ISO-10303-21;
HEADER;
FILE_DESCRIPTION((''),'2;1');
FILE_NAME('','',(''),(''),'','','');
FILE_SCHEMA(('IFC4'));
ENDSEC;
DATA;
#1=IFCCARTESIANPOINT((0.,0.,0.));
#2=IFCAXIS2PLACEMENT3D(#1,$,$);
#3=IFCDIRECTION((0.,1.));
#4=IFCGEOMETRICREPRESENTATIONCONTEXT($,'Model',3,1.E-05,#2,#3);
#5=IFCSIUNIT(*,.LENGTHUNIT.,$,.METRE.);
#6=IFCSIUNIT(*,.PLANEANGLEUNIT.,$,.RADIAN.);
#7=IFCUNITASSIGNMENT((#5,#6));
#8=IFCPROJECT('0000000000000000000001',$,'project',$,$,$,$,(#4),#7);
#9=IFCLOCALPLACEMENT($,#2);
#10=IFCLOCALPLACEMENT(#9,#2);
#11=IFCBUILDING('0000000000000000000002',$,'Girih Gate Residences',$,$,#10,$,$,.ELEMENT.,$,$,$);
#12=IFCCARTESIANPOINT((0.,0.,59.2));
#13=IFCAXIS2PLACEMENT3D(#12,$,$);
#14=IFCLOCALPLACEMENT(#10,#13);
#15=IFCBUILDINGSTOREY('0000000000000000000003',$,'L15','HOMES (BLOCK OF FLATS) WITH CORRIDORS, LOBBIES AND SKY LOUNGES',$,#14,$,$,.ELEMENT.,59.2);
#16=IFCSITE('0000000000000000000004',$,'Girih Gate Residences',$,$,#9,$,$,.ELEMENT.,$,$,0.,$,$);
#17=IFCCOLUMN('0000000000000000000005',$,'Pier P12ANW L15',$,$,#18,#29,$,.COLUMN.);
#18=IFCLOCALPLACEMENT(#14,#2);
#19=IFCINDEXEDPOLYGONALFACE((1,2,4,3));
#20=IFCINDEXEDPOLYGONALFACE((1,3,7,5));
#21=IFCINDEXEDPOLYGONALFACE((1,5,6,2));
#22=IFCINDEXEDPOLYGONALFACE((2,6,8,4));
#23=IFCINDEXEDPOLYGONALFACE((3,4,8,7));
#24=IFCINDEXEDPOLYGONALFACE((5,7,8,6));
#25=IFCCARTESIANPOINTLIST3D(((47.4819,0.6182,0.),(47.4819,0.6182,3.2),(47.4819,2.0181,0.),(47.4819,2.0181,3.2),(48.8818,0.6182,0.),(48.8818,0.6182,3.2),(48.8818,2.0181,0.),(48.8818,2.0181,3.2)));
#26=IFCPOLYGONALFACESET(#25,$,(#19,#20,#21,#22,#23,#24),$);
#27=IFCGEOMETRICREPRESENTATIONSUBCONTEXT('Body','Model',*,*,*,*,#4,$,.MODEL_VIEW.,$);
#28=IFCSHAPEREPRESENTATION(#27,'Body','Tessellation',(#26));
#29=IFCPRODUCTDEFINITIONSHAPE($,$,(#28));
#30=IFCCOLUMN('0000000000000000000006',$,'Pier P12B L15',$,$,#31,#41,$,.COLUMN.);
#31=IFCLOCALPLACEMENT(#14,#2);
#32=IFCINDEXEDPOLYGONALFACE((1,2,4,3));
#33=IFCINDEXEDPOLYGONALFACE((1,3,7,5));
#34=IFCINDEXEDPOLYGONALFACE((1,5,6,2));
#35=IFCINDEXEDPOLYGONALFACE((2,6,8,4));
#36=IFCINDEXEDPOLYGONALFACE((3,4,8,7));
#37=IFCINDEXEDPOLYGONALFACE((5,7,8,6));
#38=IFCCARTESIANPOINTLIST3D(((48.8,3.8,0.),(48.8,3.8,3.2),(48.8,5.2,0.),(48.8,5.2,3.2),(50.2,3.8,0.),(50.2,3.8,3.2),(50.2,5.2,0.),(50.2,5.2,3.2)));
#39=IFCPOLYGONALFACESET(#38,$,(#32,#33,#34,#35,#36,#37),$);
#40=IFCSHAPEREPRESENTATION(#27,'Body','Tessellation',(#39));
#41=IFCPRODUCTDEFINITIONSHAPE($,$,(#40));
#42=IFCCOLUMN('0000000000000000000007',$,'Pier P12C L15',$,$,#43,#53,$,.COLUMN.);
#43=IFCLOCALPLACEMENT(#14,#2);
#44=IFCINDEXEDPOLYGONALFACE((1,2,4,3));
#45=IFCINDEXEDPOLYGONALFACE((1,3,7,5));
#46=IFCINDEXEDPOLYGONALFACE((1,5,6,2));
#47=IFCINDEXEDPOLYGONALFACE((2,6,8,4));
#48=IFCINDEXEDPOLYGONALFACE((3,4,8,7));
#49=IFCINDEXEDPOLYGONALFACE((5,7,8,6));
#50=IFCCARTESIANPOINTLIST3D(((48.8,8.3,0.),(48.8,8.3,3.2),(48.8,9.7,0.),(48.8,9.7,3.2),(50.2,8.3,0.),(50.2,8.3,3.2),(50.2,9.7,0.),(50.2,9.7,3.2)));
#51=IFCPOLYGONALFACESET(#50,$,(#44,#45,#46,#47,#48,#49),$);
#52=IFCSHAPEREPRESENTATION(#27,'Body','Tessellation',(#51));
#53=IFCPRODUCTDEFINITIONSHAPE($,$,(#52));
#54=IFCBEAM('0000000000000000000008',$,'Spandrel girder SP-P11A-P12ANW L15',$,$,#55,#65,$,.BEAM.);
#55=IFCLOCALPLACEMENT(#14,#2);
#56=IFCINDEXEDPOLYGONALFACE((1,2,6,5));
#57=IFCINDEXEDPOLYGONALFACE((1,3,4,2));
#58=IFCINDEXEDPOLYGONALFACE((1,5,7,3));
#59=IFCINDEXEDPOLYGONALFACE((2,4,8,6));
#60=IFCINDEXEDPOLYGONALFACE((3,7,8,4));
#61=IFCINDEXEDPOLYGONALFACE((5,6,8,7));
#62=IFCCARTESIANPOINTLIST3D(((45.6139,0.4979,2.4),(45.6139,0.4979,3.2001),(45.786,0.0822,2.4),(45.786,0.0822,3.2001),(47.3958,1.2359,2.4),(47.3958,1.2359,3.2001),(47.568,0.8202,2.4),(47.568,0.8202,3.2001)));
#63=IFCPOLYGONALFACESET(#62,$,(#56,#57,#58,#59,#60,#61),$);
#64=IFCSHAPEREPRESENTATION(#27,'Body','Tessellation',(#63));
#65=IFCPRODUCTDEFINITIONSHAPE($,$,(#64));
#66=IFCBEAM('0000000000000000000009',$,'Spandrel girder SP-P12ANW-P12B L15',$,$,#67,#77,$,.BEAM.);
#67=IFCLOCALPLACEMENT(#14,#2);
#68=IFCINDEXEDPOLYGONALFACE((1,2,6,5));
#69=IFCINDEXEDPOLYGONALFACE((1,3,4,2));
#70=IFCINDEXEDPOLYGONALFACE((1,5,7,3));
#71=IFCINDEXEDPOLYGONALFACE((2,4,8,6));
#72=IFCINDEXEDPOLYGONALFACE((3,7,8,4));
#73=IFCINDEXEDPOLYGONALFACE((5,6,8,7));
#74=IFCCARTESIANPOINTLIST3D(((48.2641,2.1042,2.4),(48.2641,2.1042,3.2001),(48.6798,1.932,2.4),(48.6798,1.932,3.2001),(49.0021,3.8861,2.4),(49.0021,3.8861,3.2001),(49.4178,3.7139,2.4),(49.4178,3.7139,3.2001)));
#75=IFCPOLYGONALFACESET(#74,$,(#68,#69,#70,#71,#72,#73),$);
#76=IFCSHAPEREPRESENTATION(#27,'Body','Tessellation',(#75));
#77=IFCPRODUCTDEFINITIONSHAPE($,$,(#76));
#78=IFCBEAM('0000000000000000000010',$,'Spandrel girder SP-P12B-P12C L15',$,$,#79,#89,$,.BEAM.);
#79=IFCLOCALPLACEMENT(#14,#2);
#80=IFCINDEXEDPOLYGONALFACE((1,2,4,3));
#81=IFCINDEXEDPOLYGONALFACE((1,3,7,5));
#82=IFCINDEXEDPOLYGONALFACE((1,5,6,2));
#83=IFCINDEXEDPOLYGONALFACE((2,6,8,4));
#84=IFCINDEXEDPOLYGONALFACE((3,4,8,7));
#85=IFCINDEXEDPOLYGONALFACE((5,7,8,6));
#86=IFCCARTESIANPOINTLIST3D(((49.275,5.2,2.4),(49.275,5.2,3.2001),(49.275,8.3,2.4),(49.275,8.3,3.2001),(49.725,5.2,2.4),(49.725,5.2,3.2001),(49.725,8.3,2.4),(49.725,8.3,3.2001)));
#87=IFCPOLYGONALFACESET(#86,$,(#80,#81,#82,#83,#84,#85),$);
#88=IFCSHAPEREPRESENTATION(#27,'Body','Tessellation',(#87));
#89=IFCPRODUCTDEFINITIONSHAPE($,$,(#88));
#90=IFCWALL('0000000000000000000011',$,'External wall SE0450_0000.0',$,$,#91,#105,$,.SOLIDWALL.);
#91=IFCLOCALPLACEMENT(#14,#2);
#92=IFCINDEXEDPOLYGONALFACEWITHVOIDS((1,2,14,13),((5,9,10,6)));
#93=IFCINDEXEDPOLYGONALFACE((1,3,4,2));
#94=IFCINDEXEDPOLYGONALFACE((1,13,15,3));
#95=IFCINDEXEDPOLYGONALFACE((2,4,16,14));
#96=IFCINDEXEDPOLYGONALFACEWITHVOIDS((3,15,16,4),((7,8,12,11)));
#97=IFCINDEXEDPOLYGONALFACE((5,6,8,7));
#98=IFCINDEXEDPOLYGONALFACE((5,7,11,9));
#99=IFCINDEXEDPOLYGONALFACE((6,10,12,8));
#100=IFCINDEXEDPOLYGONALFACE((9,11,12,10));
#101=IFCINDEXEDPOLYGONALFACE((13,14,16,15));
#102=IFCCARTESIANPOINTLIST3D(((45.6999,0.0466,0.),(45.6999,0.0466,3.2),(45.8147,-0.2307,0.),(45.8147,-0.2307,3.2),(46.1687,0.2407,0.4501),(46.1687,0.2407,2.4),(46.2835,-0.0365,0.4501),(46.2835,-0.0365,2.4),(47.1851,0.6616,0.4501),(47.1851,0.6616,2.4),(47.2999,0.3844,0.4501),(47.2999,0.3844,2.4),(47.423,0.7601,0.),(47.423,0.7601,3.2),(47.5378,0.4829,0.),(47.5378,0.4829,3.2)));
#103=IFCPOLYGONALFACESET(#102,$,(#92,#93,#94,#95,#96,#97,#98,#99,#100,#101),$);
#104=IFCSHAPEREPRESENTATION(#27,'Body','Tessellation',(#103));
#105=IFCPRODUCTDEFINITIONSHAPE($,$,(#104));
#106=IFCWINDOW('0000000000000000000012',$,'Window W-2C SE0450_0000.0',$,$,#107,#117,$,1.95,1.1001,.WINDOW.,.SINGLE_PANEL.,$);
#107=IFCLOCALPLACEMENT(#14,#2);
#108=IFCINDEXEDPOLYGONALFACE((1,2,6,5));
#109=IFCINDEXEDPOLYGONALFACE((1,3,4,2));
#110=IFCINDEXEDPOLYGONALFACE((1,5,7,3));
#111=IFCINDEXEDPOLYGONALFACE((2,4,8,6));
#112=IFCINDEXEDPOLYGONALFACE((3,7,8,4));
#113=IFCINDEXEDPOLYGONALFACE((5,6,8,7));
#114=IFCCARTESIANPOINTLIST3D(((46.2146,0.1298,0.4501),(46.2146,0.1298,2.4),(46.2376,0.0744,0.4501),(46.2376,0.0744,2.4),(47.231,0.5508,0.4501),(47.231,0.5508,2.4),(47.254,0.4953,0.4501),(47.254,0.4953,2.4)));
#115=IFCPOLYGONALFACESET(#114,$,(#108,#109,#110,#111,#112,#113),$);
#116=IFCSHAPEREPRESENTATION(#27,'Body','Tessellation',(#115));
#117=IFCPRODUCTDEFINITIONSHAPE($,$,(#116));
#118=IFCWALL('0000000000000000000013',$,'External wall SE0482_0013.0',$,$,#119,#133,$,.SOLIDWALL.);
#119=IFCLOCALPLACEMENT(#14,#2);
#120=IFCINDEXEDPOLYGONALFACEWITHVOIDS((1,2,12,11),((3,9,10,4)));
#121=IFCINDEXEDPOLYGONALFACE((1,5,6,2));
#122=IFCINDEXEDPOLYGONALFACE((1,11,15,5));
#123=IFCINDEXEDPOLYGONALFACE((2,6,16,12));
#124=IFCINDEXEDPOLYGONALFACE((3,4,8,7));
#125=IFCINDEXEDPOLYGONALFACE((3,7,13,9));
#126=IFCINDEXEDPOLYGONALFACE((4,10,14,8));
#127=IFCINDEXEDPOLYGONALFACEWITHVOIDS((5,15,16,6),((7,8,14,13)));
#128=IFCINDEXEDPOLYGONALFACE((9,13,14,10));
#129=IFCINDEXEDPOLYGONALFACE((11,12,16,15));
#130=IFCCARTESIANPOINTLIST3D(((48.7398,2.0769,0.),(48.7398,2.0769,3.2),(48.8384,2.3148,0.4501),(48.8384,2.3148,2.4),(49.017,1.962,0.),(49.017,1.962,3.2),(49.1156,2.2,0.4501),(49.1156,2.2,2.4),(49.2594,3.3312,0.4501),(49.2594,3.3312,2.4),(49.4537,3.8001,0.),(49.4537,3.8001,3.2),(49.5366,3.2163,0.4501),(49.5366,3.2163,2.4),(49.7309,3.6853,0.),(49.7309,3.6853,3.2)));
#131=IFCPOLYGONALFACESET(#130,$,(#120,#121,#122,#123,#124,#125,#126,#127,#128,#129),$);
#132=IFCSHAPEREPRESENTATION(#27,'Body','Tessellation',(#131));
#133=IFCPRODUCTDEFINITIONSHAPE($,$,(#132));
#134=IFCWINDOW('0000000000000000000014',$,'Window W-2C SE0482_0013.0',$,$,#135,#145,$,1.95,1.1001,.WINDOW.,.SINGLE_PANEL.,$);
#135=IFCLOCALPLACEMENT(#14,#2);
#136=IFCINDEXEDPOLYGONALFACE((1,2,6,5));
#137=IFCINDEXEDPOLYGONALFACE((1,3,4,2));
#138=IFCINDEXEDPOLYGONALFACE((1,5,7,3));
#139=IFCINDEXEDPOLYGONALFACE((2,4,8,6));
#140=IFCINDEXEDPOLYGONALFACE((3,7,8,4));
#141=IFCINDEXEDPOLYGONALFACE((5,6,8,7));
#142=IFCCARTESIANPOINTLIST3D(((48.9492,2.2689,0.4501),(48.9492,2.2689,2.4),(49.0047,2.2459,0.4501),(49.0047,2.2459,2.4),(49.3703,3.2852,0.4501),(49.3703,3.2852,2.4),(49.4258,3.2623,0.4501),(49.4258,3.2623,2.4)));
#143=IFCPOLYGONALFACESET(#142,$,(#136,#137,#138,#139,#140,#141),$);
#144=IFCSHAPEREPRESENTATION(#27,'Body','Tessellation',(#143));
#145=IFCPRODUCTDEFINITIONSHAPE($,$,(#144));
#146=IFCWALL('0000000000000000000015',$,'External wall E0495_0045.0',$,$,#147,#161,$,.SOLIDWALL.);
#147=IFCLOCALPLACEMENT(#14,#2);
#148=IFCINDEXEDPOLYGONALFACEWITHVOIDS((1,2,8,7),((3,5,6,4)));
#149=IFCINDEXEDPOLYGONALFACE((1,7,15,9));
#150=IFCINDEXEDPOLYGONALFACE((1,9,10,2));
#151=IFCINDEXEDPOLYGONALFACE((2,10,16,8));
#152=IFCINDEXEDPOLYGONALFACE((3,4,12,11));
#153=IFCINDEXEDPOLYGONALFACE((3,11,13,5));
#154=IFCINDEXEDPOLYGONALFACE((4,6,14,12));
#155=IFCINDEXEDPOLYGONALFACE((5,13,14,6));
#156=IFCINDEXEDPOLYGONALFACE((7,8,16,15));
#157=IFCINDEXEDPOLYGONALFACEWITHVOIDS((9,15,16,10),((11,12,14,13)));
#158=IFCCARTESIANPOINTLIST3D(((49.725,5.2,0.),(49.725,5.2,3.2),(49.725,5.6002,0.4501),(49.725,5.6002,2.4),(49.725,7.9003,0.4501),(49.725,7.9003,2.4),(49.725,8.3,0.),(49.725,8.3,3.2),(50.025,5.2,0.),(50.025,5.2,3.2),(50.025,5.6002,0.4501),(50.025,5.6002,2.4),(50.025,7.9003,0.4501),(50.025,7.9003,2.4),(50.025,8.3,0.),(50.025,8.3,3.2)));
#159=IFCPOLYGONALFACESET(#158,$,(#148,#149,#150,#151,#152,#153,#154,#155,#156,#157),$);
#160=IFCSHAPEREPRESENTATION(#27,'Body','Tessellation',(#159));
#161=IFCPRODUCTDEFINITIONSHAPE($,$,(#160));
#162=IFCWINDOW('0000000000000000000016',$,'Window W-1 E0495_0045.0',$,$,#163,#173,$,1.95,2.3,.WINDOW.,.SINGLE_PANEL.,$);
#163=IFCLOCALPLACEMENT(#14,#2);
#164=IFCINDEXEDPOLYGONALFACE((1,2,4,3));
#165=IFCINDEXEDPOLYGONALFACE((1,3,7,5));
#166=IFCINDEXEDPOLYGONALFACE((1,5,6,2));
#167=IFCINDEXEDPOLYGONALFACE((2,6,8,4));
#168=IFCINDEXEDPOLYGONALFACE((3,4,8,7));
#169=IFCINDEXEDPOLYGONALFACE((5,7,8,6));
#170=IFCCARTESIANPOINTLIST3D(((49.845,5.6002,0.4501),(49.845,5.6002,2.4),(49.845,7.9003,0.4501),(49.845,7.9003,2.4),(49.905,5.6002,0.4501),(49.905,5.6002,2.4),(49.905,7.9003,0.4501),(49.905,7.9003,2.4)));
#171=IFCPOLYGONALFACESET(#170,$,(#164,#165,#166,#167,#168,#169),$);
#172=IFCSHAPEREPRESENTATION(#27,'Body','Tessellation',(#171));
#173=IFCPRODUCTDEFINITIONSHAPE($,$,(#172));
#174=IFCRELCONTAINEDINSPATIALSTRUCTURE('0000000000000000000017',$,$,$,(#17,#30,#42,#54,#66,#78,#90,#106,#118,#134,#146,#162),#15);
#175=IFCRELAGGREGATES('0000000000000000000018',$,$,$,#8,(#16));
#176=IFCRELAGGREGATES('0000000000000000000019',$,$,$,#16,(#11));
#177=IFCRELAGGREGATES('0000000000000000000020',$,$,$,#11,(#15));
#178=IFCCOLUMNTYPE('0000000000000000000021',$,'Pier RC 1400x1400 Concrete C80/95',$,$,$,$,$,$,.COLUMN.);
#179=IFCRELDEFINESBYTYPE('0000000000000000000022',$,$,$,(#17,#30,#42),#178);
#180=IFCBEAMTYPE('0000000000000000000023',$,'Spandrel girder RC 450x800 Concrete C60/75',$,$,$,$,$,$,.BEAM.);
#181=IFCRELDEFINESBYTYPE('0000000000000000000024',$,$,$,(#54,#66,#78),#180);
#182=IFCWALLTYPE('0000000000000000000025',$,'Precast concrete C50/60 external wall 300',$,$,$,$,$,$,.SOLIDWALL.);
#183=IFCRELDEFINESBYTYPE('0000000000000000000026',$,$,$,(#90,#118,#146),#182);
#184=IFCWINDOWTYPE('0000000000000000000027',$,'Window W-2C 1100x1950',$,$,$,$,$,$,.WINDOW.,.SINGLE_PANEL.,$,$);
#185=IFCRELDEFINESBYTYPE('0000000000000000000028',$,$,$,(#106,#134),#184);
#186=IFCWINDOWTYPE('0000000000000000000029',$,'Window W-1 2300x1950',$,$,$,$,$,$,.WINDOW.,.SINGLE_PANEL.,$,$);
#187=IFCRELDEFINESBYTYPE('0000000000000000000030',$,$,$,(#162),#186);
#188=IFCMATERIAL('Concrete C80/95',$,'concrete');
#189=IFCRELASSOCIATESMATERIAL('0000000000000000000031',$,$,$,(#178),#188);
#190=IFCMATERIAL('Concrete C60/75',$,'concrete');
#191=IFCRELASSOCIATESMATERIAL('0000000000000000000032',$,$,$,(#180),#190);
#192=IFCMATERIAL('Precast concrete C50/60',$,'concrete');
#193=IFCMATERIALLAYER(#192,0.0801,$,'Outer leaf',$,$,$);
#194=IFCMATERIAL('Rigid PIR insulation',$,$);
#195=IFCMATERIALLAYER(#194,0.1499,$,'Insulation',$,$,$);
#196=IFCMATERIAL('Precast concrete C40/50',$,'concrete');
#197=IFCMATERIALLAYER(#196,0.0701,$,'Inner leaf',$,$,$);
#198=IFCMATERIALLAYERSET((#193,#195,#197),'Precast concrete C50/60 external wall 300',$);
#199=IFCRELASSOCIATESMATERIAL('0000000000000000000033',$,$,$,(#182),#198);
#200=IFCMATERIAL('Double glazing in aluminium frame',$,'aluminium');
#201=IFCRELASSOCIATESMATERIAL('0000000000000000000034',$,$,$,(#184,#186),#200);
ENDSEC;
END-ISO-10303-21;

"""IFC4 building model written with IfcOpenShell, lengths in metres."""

from ifc_helpers import new_model, si_unit, direction, frame, frame_2d, origin, origin_2d, place, context, subcontext, project, spatial, rectangle, extrude, material, layer, layer_set, material_profile, profile_set, type_object, element, fill, save


model = new_model("IFC4")

# Units and contexts
model_context = context("Model", 3, precision=1e-05, world=origin(), true_north=direction((0.0, 1.0)))
body_context = subcontext(model_context, "Body", "Model", "MODEL_VIEW")
ifc_project = project(units=[si_unit("LENGTHUNIT", "METRE"), si_unit("PLANEANGLEUNIT", "RADIAN")], contexts=[model_context])

# Site, building, storey
site_placement = place(None, origin())
site = spatial("IfcSite", under=ifc_project, at=site_placement, Name="Girih Gate Residences", CompositionType="ELEMENT", RefElevation=0.0)
building_placement = place(site_placement, origin())
building = spatial("IfcBuilding", under=site, at=building_placement, Name="Girih Gate Residences", CompositionType="ELEMENT")
storey_placement = place(building_placement, frame((0.0, 0.0, 59.2)))
storey = spatial("IfcBuildingStorey", under=building, at=storey_placement, Name="L15", Description="HOMES (BLOCK OF FLATS) WITH CORRIDORS, LOBBIES AND SKY LOUNGES", CompositionType="ELEMENT", Elevation=59.2)

# Columns
ifc_material_1 = material(Name="Concrete C80/95", Category="concrete")
ifc_material_profile_1 = material_profile(ifc_material_1, rectangle(XDim=1.3999, YDim=1.3999, at=origin_2d()))
ifc_profile_set_1 = profile_set([ifc_material_profile_1], Name="Concrete C80/95")
column_type = type_object("IfcColumnType", Name="Pier RC 1400x1400 Concrete C80/95", PredefinedType="COLUMN", material=ifc_profile_set_1)
for number, where, z_axis, x_axis, name in (
    (1, (48.1819, 1.3181, 0.0), (0.0, 0.0, 1.0), (1.0, 0.0, 0.0), "Pier P12ANW L15"),
    (2, (49.5, 4.5, 0.0), (0.0, 0.0, 1.0), (1.0, 0.0, 0.0), "Pier P12B L15"),
    (3, (49.5, 9.0, 0.0), (0.0, 0.0, 1.0), (1.0, 0.0, 0.0), "Pier P12C L15"),
):
    element("IfcColumn", number, at=place(storey_placement, frame(where, z_axis=z_axis, x_axis=x_axis)), inside=storey, type_object=column_type, Name=name, PredefinedType="COLUMN", context=body_context, shape_type="SweptSolid", body=[
        extrude(rectangle(XDim=1.3999, YDim=1.3999, at=origin_2d()), origin(), (0.0, 0.0, 1.0), 3.2),
    ])

# Beams
ifc_material_2 = material(Name="Concrete C60/75", Category="concrete")
ifc_material_profile_2 = material_profile(ifc_material_2, rectangle(XDim=0.45, YDim=0.8, at=origin_2d()))
ifc_profile_set_2 = profile_set([ifc_material_profile_2], Name="Concrete C60/75")
beam_type = type_object("IfcBeamType", Name="Spandrel girder RC 450x800 Concrete C60/75", PredefinedType="BEAM", material=ifc_profile_set_2)
for number, where, z_axis, x_axis, name in (
    (4, (45.7, 0.29, 2.8), (0.923895, 0.382646, 0.0), (-0.382646, 0.923895, 0.0), "Spandrel girder SP-P11A-P12ANW L15"),
    (5, (48.4719, 2.0181, 2.8), (0.382646, 0.923895, 0.0), (-0.923895, 0.382646, 0.0), "Spandrel girder SP-P12ANW-P12B L15"),
):
    element("IfcBeam", number, at=place(storey_placement, frame(where, z_axis=z_axis, x_axis=x_axis)), inside=storey, type_object=beam_type, Name=name, PredefinedType="BEAM", context=body_context, shape_type="SweptSolid", body=[
        extrude(rectangle(XDim=0.45, YDim=0.8, at=origin_2d()), origin(), (0.0, 0.0, 1.0), 1.9287),
    ])
beam_placement = place(storey_placement, frame((49.5, 5.2, 2.8), z_axis=(0.0, 1.0, 0.0), x_axis=(-1.0, 0.0, 0.0)))
element("IfcBeam", 6, at=beam_placement, inside=storey, type_object=beam_type, Name="Spandrel girder SP-P12B-P12C L15", PredefinedType="BEAM", context=body_context, shape_type="SweptSolid", body=[
    extrude(rectangle(XDim=0.45, YDim=0.8, at=origin_2d()), origin(), (0.0, 0.0, 1.0), 3.1001),
])

# Walls, openings, windows
ifc_material_3 = material(Name="Precast concrete C50/60", Category="concrete")
ifc_layer_1 = layer(ifc_material_3, 0.0801, Name="Outer leaf")
ifc_material_4 = material(Name="Rigid PIR insulation")
ifc_layer_2 = layer(ifc_material_4, 0.1499, Name="Insulation")
ifc_material_5 = material(Name="Precast concrete C40/50", Category="concrete")
ifc_layer_3 = layer(ifc_material_5, 0.0701, Name="Inner leaf")
ifc_layer_set_1 = layer_set([ifc_layer_1, ifc_layer_2, ifc_layer_3], Name="Precast concrete C50/60 external wall 300")
wall_type_1 = type_object("IfcWallType", Name="Precast concrete C50/60 external wall 300", PredefinedType="SOLIDWALL", material=ifc_layer_set_1)
wall_1_placement = place(storey_placement, frame((47.4805, 0.6216, 0.0), z_axis=(0.0, 0.0, 1.0), x_axis=(-0.923904, -0.382625, 0.0)))
wall_1 = element("IfcWall", 7, at=wall_1_placement, inside=storey, type_object=wall_type_1, Name="External wall SE0450_0000.0", PredefinedType="SOLIDWALL", context=body_context, shape_type="SweptSolid", body=[
    extrude(rectangle(XDim=1.865, YDim=0.3, at=frame_2d((0.9326, 0.0))), origin(), (0.0, 0.0, 1.0), 3.2),
])
opening_1_placement = place(wall_1_placement, frame((0.2576, 0.0, 0.45)))
opening_1 = element("IfcOpeningElement", 8, at=opening_1_placement, cuts=wall_1, PredefinedType="OPENING", context=body_context, shape_type="SweptSolid", body=[
    extrude(rectangle(XDim=1.1001, YDim=1.95, at=frame_2d((0.55, 0.9751))), frame((0.0, 0.1599, 0.0), z_axis=(0.0, -1.0, 0.0), x_axis=(1.0, 0.0, 0.0)), (0.0, 0.0, 1.0), 0.3201),
])
ifc_material_6 = material(Name="Double glazing in aluminium frame", Category="aluminium")
window_type_1 = type_object("IfcWindowType", Name="Window W-2C 1100x1950", PartitioningType="SINGLE_PANEL", PredefinedType="WINDOW", material=ifc_material_6)
window_1_placement = place(opening_1_placement, origin())
window_1 = element("IfcWindow", 9, at=window_1_placement, inside=storey, type_object=window_type_1, Name="Window W-2C SE0450_0000.0", OverallHeight=1.95, OverallWidth=1.1001, PartitioningType="SINGLE_PANEL", PredefinedType="WINDOW", context=body_context, shape_type="SweptSolid", body=[
    extrude(rectangle(XDim=1.1001, YDim=1.95, at=frame_2d((0.55, 0.9751))), frame((0.0, 0.03, 0.0), z_axis=(0.0, -1.0, 0.0), x_axis=(1.0, 0.0, 0.0)), (0.0, 0.0, 1.0), 0.0601),
])
fill(opening_1, window_1)
wall_2_placement = place(storey_placement, frame((49.5923, 3.7427, 0.0), z_axis=(0.0, 0.0, 1.0), x_axis=(-0.382737, -0.923857, 0.0)))
wall_2 = element("IfcWall", 10, at=wall_2_placement, inside=storey, type_object=wall_type_1, Name="External wall SE0482_0013.0", PredefinedType="SOLIDWALL", context=body_context, shape_type="SweptSolid", body=[
    extrude(rectangle(XDim=1.8652, YDim=0.3, at=frame_2d((0.9326, 0.0))), origin(), (0.0, 0.0, 1.0), 3.2),
])
opening_2_placement = place(wall_2_placement, frame((0.5076, 0.0, 0.45)))
opening_2 = element("IfcOpeningElement", 11, at=opening_2_placement, cuts=wall_2, PredefinedType="OPENING", context=body_context, shape_type="SweptSolid", body=[
    extrude(rectangle(XDim=1.1001, YDim=1.95, at=frame_2d((0.55, 0.9751))), frame((0.0, 0.1599, 0.0), z_axis=(0.0, -1.0, 0.0), x_axis=(1.0, 0.0, 0.0)), (0.0, 0.0, 1.0), 0.3201),
])
window_2_placement = place(opening_2_placement, origin())
window_2 = element("IfcWindow", 12, at=window_2_placement, inside=storey, type_object=window_type_1, Name="Window W-2C SE0482_0013.0", OverallHeight=1.95, OverallWidth=1.1001, PartitioningType="SINGLE_PANEL", PredefinedType="WINDOW", context=body_context, shape_type="SweptSolid", body=[
    extrude(rectangle(XDim=1.1001, YDim=1.95, at=frame_2d((0.55, 0.9751))), frame((0.0, 0.03, 0.0), z_axis=(0.0, -1.0, 0.0), x_axis=(1.0, 0.0, 0.0)), (0.0, 0.0, 1.0), 0.0601),
])
fill(opening_2, window_2)
wall_3_placement = place(storey_placement, frame((49.875, 8.3, 0.0), z_axis=(0.0, 0.0, 1.0), x_axis=(0.0, -1.0, 0.0)))
wall_3 = element("IfcWall", 13, at=wall_3_placement, inside=storey, type_object=wall_type_1, Name="External wall E0495_0045.0", PredefinedType="SOLIDWALL", context=body_context, shape_type="SweptSolid", body=[
    extrude(rectangle(XDim=3.1001, YDim=0.3, at=frame_2d((1.55, 0.0))), origin(), (0.0, 0.0, 1.0), 3.2),
])
opening_3_placement = place(wall_3_placement, frame((0.3999, 0.0, 0.45)))
opening_3 = element("IfcOpeningElement", 14, at=opening_3_placement, cuts=wall_3, PredefinedType="OPENING", context=body_context, shape_type="SweptSolid", body=[
    extrude(rectangle(XDim=2.3, YDim=1.95, at=frame_2d((1.1499, 0.9751))), frame((0.0, 0.1599, 0.0), z_axis=(0.0, -1.0, 0.0), x_axis=(1.0, 0.0, 0.0)), (0.0, 0.0, 1.0), 0.3201),
])
window_type_2 = type_object("IfcWindowType", Name="Window W-1 2300x1950", PartitioningType="SINGLE_PANEL", PredefinedType="WINDOW", material=ifc_material_6)
window_3_placement = place(opening_3_placement, origin())
window_3 = element("IfcWindow", 15, at=window_3_placement, inside=storey, type_object=window_type_2, Name="Window W-1 E0495_0045.0", OverallHeight=1.95, OverallWidth=2.3, PartitioningType="SINGLE_PANEL", PredefinedType="WINDOW", context=body_context, shape_type="SweptSolid", body=[
    extrude(rectangle(XDim=2.3, YDim=1.95, at=frame_2d((1.1499, 0.9751))), frame((0.0, 0.03, 0.0), z_axis=(0.0, -1.0, 0.0), x_axis=(1.0, 0.0, 0.0)), (0.0, 0.0, 1.0), 0.0601),
])
fill(opening_3, window_3)

save(model, "model.ifc")
